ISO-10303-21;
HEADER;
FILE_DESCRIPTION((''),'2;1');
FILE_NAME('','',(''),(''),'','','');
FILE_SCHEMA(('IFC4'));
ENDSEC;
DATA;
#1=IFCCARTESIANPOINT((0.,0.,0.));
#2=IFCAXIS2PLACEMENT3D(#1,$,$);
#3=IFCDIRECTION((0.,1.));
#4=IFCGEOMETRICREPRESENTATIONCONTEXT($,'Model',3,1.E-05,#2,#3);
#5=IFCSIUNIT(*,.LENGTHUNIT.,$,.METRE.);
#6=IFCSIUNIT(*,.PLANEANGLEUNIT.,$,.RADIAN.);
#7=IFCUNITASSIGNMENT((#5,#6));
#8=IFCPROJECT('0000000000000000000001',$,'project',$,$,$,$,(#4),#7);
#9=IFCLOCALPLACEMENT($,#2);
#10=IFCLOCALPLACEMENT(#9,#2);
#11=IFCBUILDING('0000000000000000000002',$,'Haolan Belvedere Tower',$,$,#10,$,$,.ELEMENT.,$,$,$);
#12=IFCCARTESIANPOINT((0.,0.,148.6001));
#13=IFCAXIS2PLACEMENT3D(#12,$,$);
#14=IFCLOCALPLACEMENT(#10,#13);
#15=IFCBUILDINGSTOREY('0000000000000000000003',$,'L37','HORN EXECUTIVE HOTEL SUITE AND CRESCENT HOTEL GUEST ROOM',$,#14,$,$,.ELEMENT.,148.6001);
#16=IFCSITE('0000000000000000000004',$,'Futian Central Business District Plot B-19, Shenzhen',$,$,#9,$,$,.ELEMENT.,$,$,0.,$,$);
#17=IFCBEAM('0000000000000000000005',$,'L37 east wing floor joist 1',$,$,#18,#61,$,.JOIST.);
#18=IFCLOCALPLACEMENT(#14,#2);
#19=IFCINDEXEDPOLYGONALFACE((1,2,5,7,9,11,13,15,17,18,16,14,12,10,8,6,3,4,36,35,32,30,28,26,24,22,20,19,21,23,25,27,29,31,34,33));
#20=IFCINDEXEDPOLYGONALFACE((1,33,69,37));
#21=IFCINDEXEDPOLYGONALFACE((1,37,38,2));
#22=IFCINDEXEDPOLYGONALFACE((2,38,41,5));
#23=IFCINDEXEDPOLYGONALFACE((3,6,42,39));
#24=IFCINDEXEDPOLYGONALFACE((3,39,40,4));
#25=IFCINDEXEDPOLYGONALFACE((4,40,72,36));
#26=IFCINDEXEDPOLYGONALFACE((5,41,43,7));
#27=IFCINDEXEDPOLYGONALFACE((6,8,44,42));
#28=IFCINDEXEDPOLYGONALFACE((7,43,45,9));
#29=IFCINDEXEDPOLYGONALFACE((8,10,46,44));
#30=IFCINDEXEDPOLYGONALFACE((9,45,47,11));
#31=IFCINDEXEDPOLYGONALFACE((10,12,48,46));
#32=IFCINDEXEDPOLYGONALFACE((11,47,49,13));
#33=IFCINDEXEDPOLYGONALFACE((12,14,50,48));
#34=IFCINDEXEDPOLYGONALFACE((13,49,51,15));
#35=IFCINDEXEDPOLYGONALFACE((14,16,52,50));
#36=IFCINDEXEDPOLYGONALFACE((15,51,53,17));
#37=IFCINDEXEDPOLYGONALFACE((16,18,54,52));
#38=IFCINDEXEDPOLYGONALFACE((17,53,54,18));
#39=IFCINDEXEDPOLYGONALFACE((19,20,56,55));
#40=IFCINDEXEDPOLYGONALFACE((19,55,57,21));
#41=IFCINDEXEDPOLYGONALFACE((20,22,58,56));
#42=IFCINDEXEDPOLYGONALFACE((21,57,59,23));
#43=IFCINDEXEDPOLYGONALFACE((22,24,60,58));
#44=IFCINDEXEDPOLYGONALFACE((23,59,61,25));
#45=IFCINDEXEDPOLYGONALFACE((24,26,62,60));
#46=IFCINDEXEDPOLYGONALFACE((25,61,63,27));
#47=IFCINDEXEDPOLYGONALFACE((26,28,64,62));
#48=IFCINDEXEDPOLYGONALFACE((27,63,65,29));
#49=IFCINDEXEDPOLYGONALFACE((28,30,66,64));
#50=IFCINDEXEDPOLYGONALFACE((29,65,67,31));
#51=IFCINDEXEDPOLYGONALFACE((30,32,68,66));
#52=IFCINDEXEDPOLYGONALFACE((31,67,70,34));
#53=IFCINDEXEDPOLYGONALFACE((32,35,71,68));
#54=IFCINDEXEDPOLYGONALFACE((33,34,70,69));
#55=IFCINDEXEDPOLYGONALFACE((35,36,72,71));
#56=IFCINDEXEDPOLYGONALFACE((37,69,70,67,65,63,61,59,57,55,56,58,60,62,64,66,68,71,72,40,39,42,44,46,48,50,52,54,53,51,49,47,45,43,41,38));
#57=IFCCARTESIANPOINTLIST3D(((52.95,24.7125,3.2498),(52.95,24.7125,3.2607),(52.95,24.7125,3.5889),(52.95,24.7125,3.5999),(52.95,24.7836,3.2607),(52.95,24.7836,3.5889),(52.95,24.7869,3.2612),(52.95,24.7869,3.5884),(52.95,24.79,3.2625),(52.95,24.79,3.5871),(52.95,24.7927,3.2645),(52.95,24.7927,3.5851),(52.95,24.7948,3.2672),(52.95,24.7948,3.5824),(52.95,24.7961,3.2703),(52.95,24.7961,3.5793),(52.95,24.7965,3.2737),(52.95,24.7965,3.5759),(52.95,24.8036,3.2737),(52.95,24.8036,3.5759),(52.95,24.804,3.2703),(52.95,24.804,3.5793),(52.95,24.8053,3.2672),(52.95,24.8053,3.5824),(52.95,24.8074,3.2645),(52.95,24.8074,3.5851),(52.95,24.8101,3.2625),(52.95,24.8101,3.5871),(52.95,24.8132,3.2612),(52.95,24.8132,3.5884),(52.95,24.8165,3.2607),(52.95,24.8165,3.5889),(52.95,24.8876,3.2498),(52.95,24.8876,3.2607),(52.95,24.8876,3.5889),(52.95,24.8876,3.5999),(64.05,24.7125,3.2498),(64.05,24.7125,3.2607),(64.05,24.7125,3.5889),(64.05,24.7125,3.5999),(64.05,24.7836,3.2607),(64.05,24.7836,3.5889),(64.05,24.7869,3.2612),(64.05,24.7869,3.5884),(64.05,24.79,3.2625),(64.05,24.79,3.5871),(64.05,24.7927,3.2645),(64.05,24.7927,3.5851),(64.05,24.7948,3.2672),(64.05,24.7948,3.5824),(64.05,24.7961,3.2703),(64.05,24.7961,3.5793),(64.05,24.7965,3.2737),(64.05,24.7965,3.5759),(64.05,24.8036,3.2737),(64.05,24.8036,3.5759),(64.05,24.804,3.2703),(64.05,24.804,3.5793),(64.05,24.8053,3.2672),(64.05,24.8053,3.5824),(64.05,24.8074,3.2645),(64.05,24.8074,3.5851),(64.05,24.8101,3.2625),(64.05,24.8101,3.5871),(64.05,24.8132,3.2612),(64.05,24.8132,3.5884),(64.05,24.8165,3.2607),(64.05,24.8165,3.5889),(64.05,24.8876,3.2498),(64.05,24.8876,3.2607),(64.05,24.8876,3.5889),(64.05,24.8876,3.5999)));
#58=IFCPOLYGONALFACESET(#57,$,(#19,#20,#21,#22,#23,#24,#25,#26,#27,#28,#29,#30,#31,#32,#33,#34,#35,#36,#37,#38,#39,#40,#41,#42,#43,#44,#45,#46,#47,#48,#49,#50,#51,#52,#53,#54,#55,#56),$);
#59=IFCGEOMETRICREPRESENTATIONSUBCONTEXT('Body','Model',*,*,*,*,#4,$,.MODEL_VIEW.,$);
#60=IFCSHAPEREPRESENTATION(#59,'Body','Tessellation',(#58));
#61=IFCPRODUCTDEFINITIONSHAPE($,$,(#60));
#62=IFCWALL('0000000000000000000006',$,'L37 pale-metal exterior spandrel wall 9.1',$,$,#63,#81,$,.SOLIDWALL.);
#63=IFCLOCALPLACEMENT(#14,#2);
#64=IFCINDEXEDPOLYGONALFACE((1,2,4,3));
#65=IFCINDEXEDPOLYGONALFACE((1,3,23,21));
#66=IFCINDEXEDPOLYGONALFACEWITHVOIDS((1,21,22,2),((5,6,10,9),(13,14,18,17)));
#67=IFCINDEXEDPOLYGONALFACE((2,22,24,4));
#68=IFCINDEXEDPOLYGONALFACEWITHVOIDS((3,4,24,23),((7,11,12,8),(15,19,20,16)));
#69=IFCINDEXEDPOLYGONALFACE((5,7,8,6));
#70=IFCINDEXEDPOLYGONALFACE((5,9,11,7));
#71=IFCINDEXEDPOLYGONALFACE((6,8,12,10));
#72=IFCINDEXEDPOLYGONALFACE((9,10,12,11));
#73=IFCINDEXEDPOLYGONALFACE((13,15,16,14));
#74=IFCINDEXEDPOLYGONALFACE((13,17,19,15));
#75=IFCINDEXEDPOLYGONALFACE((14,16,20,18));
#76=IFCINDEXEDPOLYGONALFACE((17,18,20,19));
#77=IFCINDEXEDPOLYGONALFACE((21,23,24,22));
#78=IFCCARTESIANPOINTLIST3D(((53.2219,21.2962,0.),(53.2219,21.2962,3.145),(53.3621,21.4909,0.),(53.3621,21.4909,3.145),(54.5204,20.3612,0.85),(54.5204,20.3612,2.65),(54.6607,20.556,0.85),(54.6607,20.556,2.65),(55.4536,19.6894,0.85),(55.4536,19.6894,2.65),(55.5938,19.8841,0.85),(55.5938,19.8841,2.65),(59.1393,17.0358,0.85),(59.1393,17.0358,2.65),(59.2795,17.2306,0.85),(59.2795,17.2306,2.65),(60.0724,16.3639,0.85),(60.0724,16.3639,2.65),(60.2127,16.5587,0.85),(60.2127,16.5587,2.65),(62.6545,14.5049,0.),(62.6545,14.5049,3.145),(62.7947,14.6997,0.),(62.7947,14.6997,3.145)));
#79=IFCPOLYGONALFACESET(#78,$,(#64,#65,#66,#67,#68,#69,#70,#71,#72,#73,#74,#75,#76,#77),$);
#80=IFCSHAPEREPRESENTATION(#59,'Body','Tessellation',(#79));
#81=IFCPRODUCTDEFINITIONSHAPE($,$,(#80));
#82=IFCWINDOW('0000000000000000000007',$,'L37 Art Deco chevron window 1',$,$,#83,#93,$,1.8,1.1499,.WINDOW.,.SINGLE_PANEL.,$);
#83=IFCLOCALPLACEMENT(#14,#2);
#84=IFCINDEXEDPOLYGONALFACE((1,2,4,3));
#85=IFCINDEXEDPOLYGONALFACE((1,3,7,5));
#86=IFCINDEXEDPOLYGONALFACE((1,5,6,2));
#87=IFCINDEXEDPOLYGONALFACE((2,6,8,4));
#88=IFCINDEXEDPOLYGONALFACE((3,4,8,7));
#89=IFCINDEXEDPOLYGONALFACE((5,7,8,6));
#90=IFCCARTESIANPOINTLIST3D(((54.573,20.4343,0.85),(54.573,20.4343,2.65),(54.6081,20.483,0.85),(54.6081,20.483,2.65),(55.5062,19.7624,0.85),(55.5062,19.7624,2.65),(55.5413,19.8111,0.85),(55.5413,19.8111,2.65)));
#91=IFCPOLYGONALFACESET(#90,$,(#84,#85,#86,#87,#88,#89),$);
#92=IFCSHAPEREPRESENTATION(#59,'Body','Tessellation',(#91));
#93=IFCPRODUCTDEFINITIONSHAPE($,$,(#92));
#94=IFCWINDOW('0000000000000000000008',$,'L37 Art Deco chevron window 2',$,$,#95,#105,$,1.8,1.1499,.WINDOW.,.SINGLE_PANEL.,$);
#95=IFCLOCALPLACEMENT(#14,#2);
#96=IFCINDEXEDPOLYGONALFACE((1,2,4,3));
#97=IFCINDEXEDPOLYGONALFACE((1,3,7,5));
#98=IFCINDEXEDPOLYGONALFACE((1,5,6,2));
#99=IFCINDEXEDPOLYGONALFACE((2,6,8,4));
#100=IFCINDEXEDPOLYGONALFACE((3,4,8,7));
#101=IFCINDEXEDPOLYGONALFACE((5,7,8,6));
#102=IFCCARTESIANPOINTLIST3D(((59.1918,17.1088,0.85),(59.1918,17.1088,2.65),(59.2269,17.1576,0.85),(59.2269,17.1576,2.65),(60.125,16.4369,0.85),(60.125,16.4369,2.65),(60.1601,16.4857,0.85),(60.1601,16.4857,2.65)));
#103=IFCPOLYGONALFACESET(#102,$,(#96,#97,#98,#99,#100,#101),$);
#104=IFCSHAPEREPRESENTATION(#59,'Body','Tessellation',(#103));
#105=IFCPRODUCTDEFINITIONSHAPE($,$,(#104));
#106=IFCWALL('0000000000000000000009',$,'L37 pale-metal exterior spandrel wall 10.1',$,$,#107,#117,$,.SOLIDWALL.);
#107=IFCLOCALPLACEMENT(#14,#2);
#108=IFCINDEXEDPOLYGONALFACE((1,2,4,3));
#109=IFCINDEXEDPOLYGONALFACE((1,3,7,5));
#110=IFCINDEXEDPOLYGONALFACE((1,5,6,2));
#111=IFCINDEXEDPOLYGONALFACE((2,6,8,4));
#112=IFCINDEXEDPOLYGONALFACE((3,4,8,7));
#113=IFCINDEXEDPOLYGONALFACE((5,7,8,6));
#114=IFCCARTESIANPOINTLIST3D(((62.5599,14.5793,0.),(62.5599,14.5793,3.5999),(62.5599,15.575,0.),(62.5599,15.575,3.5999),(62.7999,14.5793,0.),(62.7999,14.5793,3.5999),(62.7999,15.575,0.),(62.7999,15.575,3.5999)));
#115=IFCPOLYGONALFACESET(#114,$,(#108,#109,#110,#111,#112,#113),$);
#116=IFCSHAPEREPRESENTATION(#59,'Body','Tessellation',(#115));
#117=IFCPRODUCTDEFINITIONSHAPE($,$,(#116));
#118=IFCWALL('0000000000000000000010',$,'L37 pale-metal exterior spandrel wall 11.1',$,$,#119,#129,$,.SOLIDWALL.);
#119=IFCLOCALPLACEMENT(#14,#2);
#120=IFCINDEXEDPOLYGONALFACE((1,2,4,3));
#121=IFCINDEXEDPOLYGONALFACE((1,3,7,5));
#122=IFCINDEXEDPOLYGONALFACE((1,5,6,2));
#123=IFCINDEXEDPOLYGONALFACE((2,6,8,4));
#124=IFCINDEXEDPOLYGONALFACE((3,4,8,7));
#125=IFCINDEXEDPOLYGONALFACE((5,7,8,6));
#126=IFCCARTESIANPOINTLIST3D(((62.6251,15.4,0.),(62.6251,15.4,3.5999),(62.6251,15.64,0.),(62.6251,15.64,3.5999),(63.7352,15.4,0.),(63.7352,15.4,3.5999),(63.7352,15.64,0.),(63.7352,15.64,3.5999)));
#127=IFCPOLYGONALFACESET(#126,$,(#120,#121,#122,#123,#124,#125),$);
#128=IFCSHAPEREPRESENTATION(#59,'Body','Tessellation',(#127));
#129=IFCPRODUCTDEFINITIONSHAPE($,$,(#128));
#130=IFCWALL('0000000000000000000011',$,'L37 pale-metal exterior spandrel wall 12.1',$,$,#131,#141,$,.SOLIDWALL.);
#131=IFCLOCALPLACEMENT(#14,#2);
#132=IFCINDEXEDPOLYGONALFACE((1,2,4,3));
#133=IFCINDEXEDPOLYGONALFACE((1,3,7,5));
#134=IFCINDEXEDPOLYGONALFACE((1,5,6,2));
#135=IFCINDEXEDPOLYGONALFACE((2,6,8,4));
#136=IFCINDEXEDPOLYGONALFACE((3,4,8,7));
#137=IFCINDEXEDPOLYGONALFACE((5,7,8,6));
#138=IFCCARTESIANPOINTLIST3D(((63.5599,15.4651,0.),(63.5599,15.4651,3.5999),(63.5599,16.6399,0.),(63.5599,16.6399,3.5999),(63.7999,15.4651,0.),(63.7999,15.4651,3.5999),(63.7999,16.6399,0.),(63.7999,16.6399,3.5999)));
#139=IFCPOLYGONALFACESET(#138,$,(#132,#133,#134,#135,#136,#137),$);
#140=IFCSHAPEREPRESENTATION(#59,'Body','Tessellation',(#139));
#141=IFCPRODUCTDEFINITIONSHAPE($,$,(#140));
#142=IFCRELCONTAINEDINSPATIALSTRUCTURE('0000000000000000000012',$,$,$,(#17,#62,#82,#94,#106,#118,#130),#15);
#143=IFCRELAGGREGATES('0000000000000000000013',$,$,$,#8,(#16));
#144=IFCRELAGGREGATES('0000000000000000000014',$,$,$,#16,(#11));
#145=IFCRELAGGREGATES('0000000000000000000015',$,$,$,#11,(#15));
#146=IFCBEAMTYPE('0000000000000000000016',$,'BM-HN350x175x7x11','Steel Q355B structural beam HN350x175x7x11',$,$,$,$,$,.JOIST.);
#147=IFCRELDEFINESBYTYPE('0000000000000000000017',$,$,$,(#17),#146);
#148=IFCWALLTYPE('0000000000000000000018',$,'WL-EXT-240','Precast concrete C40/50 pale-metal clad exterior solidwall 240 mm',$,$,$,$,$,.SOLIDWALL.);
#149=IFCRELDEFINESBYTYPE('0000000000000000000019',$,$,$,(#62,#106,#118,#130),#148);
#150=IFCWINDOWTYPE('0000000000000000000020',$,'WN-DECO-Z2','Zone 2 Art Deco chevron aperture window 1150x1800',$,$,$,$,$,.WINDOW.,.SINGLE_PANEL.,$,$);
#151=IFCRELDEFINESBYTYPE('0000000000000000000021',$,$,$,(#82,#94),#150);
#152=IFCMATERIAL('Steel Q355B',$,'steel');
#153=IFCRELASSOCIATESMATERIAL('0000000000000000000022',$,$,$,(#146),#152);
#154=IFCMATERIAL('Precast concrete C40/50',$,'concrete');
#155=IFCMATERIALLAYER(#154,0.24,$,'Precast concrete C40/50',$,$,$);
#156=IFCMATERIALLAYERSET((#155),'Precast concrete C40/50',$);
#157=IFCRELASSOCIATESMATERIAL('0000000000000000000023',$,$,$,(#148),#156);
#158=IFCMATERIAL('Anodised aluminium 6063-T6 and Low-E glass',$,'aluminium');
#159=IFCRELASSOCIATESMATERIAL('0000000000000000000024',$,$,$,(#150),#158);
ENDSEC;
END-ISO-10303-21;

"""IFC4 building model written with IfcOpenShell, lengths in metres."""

from ifc_helpers import new_model, si_unit, direction, frame, frame_2d, origin, origin_2d, place, context, subcontext, project, spatial, rectangle, i_section, extrude, material, layer, layer_set, material_profile, profile_set, type_object, element, fill, save


model = new_model("IFC4")

# Units and contexts
model_context = context("Model", 3, precision=1e-05, world=origin(), true_north=direction((0.0, 1.0)))
body_context = subcontext(model_context, "Body", "Model", "MODEL_VIEW")
ifc_project = project(units=[si_unit("LENGTHUNIT", "METRE"), si_unit("PLANEANGLEUNIT", "RADIAN")], contexts=[model_context])

# Site, building, storey
site_placement = place(None, origin())
site = spatial("IfcSite", under=ifc_project, at=site_placement, Name="Futian Central Business District Plot B-19, Shenzhen", CompositionType="ELEMENT", RefElevation=0.0)
building_placement = place(site_placement, origin())
building = spatial("IfcBuilding", under=site, at=building_placement, Name="Haolan Belvedere Tower", CompositionType="ELEMENT")
storey_placement = place(building_placement, frame((0.0, 0.0, 148.6001)))
storey = spatial("IfcBuildingStorey", under=building, at=storey_placement, Name="L37", Description="HORN EXECUTIVE HOTEL SUITE AND CRESCENT HOTEL GUEST ROOM", CompositionType="ELEMENT", Elevation=148.6001)

# Beam
ifc_material_1 = material(Name="Steel Q355B", Category="steel")
ifc_material_profile_1 = material_profile(ifc_material_1, i_section(OverallWidth=0.175, OverallDepth=0.3501, WebThickness=0.0071, FlangeThickness=0.011, FilletRadius=0.0129, at=origin_2d()), Name="Steel Q355B")
ifc_profile_set_1 = profile_set([ifc_material_profile_1], Name="Steel Q355B")
beam_type_1 = type_object("IfcBeamType", Name="BM-HN350x175x7x11", Description="Steel Q355B structural beam HN350x175x7x11", PredefinedType="JOIST", material=ifc_profile_set_1)
beam_1_placement = place(storey_placement, frame((52.95, 24.8, 3.4248), z_axis=(1.0, 0.0, 0.0), x_axis=(0.0, 1.0, 0.0)))
element("IfcBeam", 1, at=beam_1_placement, inside=storey, type_object=beam_type_1, Name="L37 east wing floor joist 1", PredefinedType="JOIST", context=body_context, shape_type="SweptSolid", body=[
    extrude(i_section(OverallWidth=0.175, OverallDepth=0.3501, WebThickness=0.0071, FlangeThickness=0.011, FilletRadius=0.0129, at=origin_2d()), origin(), (0.0, 0.0, 1.0), 11.1001),
])

# Wall, openings, windows
ifc_material_2 = material(Name="Precast concrete C40/50", Category="concrete")
ifc_layer_1 = layer(ifc_material_2, 0.24, Name="Precast concrete C40/50")
ifc_layer_set_1 = layer_set([ifc_layer_1], Name="Precast concrete C40/50")
wall_type_1 = type_object("IfcWallType", Name="WL-EXT-240", Description="Precast concrete C40/50 pale-metal clad exterior solidwall 240 mm", PredefinedType="SOLIDWALL", material=ifc_layer_set_1)
wall_1_placement = place(storey_placement, frame((53.292, 21.3936, 0.0), z_axis=(0.0, 0.0, 1.0), x_axis=(0.811544, -0.584292, 0.0)))
wall_1 = element("IfcWall", 2, at=wall_1_placement, inside=storey, type_object=wall_type_1, Name="L37 pale-metal exterior spandrel wall 9.1", PredefinedType="SOLIDWALL", context=body_context, shape_type="SweptSolid", body=[
    extrude(rectangle(XDim=11.623, YDim=0.24, at=frame_2d((5.8115, 0.0))), origin(), (0.0, 0.0, 1.0), 3.145),
])
opening_1_placement = place(wall_1_placement, frame((1.6001, 0.0, 0.8501)))
opening_1 = element("IfcOpeningElement", 3, at=opening_1_placement, cuts=wall_1, PredefinedType="OPENING", context=body_context, shape_type="SweptSolid", body=[
    extrude(rectangle(XDim=1.1499, YDim=1.8, at=frame_2d((0.575, 0.8999))), frame((0.0, 0.1299, 0.0), z_axis=(0.0, -1.0, 0.0), x_axis=(1.0, 0.0, 0.0)), (0.0, 0.0, 1.0), 0.26),
])
opening_2_placement = place(wall_1_placement, frame((7.2915, 0.0, 0.8501)))
opening_2 = element("IfcOpeningElement", 4, at=opening_2_placement, cuts=wall_1, PredefinedType="OPENING", context=body_context, shape_type="SweptSolid", body=[
    extrude(rectangle(XDim=1.1499, YDim=1.8, at=frame_2d((0.575, 0.8999))), frame((0.0, 0.1299, 0.0), z_axis=(0.0, -1.0, 0.0), x_axis=(1.0, 0.0, 0.0)), (0.0, 0.0, 1.0), 0.26),
])
ifc_material_3 = material(Name="Anodised aluminium 6063-T6 and Low-E glass", Category="aluminium")
window_type = type_object("IfcWindowType", Name="WN-DECO-Z2", Description="Zone 2 Art Deco chevron aperture window 1150x1800", PartitioningType="SINGLE_PANEL", PredefinedType="WINDOW", material=ifc_material_3)
window_1_placement = place(opening_1_placement, origin())
window_1 = element("IfcWindow", 5, at=window_1_placement, inside=storey, type_object=window_type, Name="L37 Art Deco chevron window 1", OverallHeight=1.8, OverallWidth=1.1499, PartitioningType="SINGLE_PANEL", PredefinedType="WINDOW", context=body_context, shape_type="SweptSolid", body=[
    extrude(rectangle(XDim=1.1499, YDim=1.8, at=frame_2d((0.575, 0.8999))), frame((0.0, 0.03, 0.0), z_axis=(0.0, -1.0, 0.0), x_axis=(1.0, 0.0, 0.0)), (0.0, 0.0, 1.0), 0.0601),
])
fill(opening_1, window_1)
window_2_placement = place(opening_2_placement, origin())
window_2 = element("IfcWindow", 6, at=window_2_placement, inside=storey, type_object=window_type, Name="L37 Art Deco chevron window 2", OverallHeight=1.8, OverallWidth=1.1499, PartitioningType="SINGLE_PANEL", PredefinedType="WINDOW", context=body_context, shape_type="SweptSolid", body=[
    extrude(rectangle(XDim=1.1499, YDim=1.8, at=frame_2d((0.575, 0.8999))), frame((0.0, 0.03, 0.0), z_axis=(0.0, -1.0, 0.0), x_axis=(1.0, 0.0, 0.0)), (0.0, 0.0, 1.0), 0.0601),
])
fill(opening_2, window_2)

# Walls
wall_2_placement = place(storey_placement, frame((62.6799, 14.5793, 0.0), z_axis=(0.0, 0.0, 1.0), x_axis=(0.0, 1.0, 0.0)))
element("IfcWall", 7, at=wall_2_placement, inside=storey, type_object=wall_type_1, Name="L37 pale-metal exterior spandrel wall 10.1", PredefinedType="SOLIDWALL", context=body_context, shape_type="SweptSolid", body=[
    extrude(rectangle(XDim=0.9956, YDim=0.24, at=frame_2d((0.4978, 0.0))), origin(), (0.0, 0.0, 1.0), 3.5999),
])
wall_3_placement = place(storey_placement, frame((62.625, 15.52, 0.0), z_axis=(0.0, 0.0, 1.0), x_axis=(1.0, 0.0, 0.0)))
element("IfcWall", 8, at=wall_3_placement, inside=storey, type_object=wall_type_1, Name="L37 pale-metal exterior spandrel wall 11.1", PredefinedType="SOLIDWALL", context=body_context, shape_type="SweptSolid", body=[
    extrude(rectangle(XDim=1.1101, YDim=0.24, at=frame_2d((0.5552, 0.0))), origin(), (0.0, 0.0, 1.0), 3.5999),
])
wall_4_placement = place(storey_placement, frame((63.6799, 15.4651, 0.0), z_axis=(0.0, 0.0, 1.0), x_axis=(0.0, 1.0, 0.0)))
element("IfcWall", 9, at=wall_4_placement, inside=storey, type_object=wall_type_1, Name="L37 pale-metal exterior spandrel wall 12.1", PredefinedType="SOLIDWALL", context=body_context, shape_type="SweptSolid", body=[
    extrude(rectangle(XDim=1.1748, YDim=0.24, at=frame_2d((0.5874, 0.0))), origin(), (0.0, 0.0, 1.0), 3.5999),
])

save(model, "model.ifc")
